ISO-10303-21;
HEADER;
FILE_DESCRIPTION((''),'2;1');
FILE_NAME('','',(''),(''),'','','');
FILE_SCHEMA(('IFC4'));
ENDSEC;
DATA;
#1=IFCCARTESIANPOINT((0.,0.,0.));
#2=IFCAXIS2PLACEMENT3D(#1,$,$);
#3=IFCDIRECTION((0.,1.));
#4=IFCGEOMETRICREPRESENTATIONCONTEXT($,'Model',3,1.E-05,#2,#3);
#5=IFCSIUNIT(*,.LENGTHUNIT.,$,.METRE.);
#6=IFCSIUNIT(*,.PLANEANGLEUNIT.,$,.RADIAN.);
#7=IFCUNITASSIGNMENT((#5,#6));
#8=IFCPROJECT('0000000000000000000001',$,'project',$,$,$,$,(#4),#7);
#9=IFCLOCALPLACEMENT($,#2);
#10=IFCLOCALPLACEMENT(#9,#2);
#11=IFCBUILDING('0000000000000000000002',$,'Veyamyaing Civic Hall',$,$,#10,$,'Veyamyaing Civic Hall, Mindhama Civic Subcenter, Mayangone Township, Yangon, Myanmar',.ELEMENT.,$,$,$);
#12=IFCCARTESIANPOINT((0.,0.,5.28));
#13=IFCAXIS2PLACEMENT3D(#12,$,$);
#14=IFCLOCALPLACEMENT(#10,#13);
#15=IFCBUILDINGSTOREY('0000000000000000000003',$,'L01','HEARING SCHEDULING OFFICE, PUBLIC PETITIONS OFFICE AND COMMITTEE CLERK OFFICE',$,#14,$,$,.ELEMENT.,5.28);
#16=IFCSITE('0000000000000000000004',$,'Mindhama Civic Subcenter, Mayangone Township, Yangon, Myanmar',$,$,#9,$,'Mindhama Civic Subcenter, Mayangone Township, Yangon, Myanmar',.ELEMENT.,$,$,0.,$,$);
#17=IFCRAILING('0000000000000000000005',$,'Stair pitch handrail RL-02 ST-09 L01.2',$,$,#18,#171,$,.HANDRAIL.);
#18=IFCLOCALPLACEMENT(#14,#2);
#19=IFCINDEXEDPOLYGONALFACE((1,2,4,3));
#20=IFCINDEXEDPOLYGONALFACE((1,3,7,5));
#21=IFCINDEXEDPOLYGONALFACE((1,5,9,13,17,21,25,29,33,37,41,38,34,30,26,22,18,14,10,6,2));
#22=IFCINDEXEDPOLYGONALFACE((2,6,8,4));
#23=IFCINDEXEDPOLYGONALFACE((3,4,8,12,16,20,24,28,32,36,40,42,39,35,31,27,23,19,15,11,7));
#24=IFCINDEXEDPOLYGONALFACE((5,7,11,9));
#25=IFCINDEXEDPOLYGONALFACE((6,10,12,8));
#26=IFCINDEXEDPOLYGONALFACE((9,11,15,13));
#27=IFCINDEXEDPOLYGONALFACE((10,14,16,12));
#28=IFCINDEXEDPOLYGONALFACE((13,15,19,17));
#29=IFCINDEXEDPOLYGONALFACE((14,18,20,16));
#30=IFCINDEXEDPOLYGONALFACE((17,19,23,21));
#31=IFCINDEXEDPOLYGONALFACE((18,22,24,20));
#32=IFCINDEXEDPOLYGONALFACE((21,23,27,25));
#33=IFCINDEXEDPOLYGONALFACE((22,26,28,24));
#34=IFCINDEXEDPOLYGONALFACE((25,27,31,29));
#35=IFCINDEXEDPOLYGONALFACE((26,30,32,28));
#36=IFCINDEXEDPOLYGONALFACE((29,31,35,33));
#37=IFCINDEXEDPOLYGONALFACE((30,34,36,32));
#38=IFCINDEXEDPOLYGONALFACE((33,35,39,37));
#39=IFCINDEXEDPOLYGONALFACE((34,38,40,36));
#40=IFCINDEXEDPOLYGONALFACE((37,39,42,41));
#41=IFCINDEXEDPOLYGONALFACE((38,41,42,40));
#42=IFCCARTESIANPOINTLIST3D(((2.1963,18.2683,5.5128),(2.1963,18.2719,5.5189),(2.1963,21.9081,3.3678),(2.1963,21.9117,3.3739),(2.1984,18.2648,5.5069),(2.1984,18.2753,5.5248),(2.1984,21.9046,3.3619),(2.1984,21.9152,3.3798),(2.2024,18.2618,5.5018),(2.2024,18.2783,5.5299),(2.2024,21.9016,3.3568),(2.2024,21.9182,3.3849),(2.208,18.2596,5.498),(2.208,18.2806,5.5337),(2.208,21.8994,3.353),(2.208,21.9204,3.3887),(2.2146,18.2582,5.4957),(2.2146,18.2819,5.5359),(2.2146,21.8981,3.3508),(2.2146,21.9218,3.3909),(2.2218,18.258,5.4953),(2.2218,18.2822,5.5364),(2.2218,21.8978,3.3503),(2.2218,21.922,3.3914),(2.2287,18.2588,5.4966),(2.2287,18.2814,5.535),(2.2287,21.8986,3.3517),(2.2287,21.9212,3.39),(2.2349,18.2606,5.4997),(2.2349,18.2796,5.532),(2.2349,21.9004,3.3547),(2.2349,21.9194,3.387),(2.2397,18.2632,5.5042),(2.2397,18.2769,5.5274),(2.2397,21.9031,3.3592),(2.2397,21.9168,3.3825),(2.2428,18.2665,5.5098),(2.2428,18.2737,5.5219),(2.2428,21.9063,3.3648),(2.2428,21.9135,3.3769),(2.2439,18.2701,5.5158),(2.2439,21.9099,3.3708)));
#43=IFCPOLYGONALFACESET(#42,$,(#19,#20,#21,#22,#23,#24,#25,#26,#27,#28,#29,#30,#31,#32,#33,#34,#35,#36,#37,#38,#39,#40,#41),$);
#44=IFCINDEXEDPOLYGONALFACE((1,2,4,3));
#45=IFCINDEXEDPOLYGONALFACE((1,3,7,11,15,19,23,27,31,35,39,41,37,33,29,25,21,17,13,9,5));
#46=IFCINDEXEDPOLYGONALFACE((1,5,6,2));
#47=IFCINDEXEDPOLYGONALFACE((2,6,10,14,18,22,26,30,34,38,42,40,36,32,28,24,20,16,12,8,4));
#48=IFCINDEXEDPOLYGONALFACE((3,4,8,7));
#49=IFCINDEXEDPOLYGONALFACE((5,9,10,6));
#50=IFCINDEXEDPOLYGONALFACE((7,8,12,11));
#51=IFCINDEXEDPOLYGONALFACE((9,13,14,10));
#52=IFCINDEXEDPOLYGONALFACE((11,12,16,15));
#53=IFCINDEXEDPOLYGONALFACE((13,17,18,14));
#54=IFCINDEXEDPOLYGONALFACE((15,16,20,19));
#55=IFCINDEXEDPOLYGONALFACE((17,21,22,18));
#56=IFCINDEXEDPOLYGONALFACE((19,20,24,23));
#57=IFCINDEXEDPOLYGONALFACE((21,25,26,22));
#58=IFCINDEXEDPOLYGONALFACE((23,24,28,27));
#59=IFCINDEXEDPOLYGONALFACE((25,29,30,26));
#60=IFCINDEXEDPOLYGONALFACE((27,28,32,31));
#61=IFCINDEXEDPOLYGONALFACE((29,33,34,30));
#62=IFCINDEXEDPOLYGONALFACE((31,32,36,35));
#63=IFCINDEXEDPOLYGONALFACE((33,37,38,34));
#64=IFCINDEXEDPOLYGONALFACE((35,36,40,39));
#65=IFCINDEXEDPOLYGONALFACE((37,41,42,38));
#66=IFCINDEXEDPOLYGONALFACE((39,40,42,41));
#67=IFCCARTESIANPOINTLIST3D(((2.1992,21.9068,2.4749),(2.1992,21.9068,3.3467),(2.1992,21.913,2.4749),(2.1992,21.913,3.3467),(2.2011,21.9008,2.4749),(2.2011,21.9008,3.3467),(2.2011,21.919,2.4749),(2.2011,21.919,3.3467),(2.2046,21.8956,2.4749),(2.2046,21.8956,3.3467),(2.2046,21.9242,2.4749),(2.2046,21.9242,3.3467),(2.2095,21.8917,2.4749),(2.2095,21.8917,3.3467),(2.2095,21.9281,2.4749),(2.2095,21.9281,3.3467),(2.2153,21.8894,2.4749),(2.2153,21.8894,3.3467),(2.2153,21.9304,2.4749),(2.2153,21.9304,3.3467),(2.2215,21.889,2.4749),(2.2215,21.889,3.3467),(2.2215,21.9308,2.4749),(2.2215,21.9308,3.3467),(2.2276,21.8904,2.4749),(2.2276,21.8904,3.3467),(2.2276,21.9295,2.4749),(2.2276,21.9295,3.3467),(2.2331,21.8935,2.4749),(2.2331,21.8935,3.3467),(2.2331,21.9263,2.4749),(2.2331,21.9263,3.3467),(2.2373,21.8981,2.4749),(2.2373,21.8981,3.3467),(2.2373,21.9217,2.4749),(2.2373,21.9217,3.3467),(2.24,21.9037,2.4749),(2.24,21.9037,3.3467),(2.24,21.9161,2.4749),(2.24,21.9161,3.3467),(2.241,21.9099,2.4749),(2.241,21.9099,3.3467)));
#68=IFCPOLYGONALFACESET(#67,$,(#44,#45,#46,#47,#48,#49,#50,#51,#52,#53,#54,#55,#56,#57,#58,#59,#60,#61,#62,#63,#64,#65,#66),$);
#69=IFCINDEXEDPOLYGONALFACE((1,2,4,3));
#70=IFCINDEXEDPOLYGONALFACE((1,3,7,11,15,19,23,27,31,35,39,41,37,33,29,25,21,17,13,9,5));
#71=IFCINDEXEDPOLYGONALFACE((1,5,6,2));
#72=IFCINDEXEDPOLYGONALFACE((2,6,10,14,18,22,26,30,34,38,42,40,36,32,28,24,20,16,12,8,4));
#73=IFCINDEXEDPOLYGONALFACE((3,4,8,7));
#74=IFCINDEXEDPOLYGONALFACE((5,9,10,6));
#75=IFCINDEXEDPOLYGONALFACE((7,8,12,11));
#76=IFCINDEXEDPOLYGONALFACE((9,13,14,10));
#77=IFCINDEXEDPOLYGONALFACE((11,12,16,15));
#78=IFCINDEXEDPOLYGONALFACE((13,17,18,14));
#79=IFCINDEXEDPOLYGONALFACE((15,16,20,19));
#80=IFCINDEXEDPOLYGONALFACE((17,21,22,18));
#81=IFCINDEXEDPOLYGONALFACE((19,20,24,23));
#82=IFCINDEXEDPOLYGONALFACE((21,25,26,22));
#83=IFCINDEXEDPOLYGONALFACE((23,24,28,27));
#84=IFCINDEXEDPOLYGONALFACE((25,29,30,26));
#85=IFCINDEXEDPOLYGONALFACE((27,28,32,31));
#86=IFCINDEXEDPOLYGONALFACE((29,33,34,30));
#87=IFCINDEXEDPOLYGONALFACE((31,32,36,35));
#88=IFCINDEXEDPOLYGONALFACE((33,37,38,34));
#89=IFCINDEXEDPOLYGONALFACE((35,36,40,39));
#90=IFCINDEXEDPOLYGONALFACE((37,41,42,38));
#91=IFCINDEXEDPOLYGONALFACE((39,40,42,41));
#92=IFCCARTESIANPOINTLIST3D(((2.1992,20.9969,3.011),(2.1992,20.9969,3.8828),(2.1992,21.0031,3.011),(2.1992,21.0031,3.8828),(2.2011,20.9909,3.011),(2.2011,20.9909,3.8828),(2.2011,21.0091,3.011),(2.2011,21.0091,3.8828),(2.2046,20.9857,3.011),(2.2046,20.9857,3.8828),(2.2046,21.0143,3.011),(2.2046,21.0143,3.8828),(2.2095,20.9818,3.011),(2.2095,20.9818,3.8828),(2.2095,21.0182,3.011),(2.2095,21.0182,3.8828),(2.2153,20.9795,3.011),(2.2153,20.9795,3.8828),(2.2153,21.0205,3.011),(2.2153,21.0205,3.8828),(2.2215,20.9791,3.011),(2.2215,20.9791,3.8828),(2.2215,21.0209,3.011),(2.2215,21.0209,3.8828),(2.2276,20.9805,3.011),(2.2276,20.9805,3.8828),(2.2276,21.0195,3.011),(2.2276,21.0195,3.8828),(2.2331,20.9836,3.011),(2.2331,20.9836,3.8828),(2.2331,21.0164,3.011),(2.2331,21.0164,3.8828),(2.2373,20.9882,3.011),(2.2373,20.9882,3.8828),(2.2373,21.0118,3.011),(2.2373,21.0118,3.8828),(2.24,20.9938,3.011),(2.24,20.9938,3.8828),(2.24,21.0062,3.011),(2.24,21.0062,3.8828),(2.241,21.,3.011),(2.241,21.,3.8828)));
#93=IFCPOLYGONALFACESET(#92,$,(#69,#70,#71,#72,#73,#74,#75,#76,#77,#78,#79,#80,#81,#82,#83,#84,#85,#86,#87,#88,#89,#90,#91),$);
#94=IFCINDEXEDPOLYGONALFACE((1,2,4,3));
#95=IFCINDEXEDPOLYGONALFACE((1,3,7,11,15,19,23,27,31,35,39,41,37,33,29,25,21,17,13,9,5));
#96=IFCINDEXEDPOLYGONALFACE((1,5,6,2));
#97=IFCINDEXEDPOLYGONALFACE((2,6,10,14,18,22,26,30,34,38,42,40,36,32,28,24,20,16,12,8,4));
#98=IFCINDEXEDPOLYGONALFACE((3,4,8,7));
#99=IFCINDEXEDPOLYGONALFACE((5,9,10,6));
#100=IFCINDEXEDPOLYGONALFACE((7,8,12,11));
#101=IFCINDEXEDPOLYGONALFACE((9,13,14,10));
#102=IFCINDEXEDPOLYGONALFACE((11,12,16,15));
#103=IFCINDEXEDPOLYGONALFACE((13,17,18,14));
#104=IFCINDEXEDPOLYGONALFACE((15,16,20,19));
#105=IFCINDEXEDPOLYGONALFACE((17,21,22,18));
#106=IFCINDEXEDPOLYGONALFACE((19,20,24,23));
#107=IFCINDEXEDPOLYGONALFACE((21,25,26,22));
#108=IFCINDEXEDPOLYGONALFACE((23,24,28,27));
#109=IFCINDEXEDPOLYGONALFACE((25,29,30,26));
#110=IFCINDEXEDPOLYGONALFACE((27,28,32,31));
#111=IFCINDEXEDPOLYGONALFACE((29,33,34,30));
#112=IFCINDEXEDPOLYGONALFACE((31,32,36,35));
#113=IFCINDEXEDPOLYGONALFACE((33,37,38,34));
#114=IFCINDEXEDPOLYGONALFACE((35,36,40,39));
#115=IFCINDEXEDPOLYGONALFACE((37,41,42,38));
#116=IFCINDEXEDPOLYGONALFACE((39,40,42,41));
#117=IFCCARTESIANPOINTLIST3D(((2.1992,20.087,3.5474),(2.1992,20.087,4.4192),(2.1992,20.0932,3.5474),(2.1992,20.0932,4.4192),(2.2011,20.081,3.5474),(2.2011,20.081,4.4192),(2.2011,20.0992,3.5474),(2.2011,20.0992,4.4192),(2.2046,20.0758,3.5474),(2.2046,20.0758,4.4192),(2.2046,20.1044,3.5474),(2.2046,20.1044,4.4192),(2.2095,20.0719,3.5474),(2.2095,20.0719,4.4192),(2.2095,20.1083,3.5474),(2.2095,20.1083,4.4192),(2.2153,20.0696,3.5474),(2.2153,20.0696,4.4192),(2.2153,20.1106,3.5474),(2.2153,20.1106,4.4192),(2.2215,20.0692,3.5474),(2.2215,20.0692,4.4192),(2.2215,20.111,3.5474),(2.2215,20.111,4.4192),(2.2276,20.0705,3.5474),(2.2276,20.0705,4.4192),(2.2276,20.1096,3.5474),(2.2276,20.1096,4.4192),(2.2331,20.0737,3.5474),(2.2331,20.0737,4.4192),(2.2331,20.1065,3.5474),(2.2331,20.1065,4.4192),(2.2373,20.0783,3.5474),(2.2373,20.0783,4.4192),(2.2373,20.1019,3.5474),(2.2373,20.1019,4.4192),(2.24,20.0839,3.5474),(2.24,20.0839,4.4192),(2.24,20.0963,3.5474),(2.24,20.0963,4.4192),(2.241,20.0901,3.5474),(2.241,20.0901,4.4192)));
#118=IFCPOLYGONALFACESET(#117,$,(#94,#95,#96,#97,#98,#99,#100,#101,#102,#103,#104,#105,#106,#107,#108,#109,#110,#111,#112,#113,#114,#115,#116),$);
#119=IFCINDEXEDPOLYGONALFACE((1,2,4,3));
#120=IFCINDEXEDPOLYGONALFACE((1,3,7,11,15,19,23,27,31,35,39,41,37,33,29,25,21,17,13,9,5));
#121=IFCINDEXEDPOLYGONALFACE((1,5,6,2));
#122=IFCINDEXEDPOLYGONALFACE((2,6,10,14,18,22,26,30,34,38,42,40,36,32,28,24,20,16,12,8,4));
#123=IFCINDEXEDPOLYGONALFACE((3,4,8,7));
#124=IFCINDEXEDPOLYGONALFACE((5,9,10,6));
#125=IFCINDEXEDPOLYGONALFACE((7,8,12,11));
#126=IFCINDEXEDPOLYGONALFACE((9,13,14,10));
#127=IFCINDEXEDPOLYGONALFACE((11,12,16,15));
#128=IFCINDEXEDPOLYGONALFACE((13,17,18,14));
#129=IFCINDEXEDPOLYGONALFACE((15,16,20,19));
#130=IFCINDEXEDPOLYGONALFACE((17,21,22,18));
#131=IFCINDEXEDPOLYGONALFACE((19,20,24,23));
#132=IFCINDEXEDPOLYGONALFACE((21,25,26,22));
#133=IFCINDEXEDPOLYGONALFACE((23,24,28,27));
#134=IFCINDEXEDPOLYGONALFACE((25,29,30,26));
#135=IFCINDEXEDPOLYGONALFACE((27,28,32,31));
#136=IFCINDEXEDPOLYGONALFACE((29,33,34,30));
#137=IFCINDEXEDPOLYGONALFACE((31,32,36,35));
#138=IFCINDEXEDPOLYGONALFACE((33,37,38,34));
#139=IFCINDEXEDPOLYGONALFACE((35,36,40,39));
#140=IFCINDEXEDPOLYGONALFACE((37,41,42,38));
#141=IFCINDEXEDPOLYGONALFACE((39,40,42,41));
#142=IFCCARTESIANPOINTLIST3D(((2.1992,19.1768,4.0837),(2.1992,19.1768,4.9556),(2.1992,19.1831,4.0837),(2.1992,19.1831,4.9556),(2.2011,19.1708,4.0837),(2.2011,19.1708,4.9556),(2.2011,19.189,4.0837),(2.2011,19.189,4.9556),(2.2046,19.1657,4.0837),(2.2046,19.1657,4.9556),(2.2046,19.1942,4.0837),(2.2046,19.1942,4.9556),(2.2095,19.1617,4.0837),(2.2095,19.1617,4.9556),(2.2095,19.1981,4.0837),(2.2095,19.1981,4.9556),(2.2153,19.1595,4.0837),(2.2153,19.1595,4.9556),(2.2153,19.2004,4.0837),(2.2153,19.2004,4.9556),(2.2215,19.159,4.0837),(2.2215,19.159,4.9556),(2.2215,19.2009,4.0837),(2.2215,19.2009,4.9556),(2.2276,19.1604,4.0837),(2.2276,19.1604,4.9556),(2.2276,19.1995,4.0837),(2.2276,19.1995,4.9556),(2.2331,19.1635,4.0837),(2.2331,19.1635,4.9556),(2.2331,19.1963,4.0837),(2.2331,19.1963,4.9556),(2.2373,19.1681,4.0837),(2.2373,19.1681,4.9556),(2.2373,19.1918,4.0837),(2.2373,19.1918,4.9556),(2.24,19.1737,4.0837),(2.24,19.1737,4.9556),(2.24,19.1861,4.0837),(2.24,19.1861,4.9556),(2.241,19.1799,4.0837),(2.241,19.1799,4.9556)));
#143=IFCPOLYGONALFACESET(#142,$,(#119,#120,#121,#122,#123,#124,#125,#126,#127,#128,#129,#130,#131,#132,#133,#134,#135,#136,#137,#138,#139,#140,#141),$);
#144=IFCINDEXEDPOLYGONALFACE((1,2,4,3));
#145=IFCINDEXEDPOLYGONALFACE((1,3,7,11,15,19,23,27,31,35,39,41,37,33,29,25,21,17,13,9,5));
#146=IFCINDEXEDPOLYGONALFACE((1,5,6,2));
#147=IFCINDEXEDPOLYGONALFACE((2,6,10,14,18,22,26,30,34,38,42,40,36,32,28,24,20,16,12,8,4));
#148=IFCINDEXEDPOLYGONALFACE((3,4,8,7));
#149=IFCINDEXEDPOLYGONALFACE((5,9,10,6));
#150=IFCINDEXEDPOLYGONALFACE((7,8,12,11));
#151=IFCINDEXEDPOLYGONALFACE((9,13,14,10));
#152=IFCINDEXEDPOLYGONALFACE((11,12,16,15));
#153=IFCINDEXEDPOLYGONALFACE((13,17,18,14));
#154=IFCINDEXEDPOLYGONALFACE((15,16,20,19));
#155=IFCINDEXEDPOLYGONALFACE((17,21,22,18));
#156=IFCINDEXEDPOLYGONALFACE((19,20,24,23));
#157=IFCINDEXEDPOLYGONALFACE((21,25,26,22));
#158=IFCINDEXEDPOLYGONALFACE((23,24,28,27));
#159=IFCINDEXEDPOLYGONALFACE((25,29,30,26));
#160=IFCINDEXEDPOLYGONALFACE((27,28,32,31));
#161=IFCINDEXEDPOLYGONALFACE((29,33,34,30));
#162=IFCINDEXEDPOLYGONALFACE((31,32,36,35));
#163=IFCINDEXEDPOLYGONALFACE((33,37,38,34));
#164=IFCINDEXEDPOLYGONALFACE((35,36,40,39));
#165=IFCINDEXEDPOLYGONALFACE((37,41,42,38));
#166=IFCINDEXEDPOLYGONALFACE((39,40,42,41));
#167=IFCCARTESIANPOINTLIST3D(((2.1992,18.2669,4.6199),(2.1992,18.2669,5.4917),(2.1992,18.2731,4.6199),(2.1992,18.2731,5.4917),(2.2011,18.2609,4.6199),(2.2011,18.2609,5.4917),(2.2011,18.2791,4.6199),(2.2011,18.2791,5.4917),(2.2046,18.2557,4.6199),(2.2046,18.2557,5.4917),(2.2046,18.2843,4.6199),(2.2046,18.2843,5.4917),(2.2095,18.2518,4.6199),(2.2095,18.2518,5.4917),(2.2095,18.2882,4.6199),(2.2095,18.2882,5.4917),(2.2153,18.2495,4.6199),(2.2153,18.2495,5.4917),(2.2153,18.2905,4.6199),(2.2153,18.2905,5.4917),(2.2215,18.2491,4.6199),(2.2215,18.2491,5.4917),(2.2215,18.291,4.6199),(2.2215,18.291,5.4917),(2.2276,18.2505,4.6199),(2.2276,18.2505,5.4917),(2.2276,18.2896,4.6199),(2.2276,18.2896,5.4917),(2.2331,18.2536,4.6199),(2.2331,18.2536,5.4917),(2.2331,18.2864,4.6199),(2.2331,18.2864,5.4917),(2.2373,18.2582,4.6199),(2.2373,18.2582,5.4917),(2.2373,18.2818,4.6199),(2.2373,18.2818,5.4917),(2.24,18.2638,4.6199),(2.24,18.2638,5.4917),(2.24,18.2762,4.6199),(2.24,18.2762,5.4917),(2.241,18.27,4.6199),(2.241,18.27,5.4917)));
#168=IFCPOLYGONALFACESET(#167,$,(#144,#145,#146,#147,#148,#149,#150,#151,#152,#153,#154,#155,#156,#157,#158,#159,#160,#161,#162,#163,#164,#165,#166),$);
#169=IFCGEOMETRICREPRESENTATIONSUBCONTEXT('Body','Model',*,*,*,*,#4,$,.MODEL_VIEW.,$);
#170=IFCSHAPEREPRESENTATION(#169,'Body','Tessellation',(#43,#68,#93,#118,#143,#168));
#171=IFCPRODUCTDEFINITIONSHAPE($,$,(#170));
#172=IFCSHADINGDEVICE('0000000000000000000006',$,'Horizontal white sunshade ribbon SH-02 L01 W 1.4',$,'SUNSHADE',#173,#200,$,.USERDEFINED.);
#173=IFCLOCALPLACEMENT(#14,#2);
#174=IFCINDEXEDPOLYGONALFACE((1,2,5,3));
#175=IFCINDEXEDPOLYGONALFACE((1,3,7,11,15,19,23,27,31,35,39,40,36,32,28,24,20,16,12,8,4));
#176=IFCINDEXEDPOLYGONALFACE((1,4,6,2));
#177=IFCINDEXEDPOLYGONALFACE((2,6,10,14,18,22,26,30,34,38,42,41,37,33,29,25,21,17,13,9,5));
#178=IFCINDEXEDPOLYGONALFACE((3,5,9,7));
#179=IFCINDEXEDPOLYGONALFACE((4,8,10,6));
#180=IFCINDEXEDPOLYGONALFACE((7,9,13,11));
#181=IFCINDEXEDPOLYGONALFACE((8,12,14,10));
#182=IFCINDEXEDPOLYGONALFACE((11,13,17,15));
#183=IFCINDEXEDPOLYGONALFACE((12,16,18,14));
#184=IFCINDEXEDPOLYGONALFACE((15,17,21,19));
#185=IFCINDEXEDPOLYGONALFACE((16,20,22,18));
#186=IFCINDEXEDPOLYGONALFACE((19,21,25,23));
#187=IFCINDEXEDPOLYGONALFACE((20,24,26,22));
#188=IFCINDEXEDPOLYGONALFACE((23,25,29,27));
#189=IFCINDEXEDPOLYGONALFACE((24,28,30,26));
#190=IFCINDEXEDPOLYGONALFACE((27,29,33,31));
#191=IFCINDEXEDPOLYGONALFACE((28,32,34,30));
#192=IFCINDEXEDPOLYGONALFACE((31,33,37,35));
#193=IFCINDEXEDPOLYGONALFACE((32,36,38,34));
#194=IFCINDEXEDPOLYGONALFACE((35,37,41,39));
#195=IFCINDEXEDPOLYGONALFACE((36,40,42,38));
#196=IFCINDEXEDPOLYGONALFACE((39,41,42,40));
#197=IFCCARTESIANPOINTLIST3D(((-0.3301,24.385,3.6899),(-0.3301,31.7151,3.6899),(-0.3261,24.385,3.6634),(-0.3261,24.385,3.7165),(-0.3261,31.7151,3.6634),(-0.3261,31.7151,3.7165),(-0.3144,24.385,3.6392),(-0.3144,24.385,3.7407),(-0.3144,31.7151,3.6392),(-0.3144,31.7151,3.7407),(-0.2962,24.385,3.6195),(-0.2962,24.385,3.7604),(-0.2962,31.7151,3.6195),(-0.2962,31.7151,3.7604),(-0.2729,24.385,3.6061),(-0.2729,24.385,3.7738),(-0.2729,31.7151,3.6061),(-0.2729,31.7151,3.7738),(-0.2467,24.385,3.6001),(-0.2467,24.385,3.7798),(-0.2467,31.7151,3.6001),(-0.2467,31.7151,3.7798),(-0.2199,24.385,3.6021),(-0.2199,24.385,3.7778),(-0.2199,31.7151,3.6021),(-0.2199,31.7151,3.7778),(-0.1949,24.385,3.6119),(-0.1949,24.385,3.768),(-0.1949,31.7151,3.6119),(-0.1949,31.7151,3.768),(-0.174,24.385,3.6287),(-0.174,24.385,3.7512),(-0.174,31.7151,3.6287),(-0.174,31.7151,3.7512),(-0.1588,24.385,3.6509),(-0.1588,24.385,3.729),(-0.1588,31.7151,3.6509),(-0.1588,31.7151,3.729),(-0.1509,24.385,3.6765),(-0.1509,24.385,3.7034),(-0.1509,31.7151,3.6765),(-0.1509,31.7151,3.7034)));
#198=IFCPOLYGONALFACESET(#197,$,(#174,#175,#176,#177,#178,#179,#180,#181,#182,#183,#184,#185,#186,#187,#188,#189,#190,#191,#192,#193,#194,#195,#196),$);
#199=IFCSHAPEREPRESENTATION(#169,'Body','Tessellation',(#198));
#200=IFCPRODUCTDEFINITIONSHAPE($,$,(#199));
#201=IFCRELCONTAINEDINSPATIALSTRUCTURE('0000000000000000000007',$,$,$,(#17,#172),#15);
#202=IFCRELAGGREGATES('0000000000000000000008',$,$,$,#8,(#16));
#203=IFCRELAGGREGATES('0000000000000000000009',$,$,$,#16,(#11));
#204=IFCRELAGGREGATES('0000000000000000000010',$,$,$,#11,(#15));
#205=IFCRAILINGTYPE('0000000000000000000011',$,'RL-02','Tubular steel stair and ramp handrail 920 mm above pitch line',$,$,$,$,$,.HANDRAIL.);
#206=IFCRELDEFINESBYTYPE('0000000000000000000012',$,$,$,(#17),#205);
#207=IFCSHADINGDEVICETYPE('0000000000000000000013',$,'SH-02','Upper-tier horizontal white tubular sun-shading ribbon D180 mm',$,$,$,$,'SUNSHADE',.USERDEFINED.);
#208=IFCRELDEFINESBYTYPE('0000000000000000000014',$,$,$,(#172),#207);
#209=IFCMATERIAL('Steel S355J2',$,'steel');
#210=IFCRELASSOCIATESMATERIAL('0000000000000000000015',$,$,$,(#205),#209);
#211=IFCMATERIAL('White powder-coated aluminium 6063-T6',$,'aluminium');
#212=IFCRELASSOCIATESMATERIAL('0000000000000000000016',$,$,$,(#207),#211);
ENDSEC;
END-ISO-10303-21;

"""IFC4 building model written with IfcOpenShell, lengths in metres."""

from ifc_helpers import new_model, si_unit, direction, frame, origin, origin_2d, place, context, subcontext, project, spatial, circle, extrude, material, material_profile, profile_set, type_object, element, save


model = new_model("IFC4")

# Units and contexts
model_context = context("Model", 3, precision=1e-05, world=origin(), true_north=direction((0.0, 1.0)))
body_context = subcontext(model_context, "Body", "Model", "MODEL_VIEW")
ifc_project = project(units=[si_unit("LENGTHUNIT", "METRE"), si_unit("PLANEANGLEUNIT", "RADIAN")], contexts=[model_context])

# Site, building, storey
site_placement = place(None, origin())
site = spatial("IfcSite", under=ifc_project, at=site_placement, Name="Mindhama Civic Subcenter, Mayangone Township, Yangon, Myanmar", LongName="Mindhama Civic Subcenter, Mayangone Township, Yangon, Myanmar", CompositionType="ELEMENT", RefElevation=0.0)
building_placement = place(site_placement, origin())
building = spatial("IfcBuilding", under=site, at=building_placement, Name="Veyamyaing Civic Hall", LongName="Veyamyaing Civic Hall, Mindhama Civic Subcenter, Mayangone Township, Yangon, Myanmar", CompositionType="ELEMENT")
storey_placement = place(building_placement, frame((0.0, 0.0, 5.28)))
storey = spatial("IfcBuildingStorey", under=building, at=storey_placement, Name="L01", Description="HEARING SCHEDULING OFFICE, PUBLIC PETITIONS OFFICE AND COMMITTEE CLERK OFFICE", CompositionType="ELEMENT", Elevation=5.28)

# Shared definitions
ifc_material_1 = material(Name="White powder-coated aluminium 6063-T6", Category="aluminium")

# Railing
ifc_material_2 = material(Name="Steel S355J2", Category="steel")
railing_type_1 = type_object("IfcRailingType", Name="RL-02", Description="Tubular steel stair and ramp handrail 920 mm above pitch line", PredefinedType="HANDRAIL", material=ifc_material_2)
railing_1_placement = place(storey_placement, frame((2.22, 21.9099, 2.4749)))
element("IfcRailing", 1, at=railing_1_placement, inside=storey, type_object=railing_type_1, Name="Stair pitch handrail RL-02 ST-09 L01.2", PredefinedType="HANDRAIL", context=body_context, shape_type="SweptSolid", body=[
    extrude(circle(Radius=0.0239, at=origin_2d()), frame((0.0, 0.0, 0.896), z_axis=(0.0, -0.86153, 0.507707), x_axis=(1.0, 0.0, 0.0)), (0.0, 0.0, 1.0), 4.2249),
    extrude(circle(Radius=0.021, at=origin_2d()), origin(), (0.0, 0.0, 1.0), 0.8718),
    extrude(circle(Radius=0.021, at=origin_2d()), frame((0.0, -0.9099, 0.5361)), (0.0, 0.0, 1.0), 0.8718),
    extrude(circle(Radius=0.021, at=origin_2d()), frame((0.0, -1.8198, 1.0725)), (0.0, 0.0, 1.0), 0.8718),
    extrude(circle(Radius=0.021, at=origin_2d()), frame((0.0, -2.73, 1.6089)), (0.0, 0.0, 1.0), 0.8718),
    extrude(circle(Radius=0.021, at=origin_2d()), frame((0.0, -3.6399, 2.145)), (0.0, 0.0, 1.0), 0.8718),
])

# Shading device
ifc_material_profile_1 = material_profile(ifc_material_1, circle(Radius=0.0901, at=origin_2d()), Name="SHADE-TUBE-180")
ifc_profile_set_1 = profile_set([ifc_material_profile_1], Name="White powder-coated aluminium 6063-T6")
shading_device_type_1 = type_object("IfcShadingDeviceType", Name="SH-02", Description="Upper-tier horizontal white tubular sun-shading ribbon D180 mm", ElementType="SUNSHADE", PredefinedType="USERDEFINED", material=ifc_profile_set_1)
shading_device_1_placement = place(storey_placement, frame((-0.24, 24.385, 3.6899), z_axis=(0.0, 1.0, 0.0), x_axis=(-1.0, 0.0, 0.0)))
element("IfcShadingDevice", 2, at=shading_device_1_placement, inside=storey, type_object=shading_device_type_1, Name="Horizontal white sunshade ribbon SH-02 L01 W 1.4", ObjectType="SUNSHADE", PredefinedType="USERDEFINED", context=body_context, shape_type="SweptSolid", body=[
    extrude(circle(Radius=0.0901, at=origin_2d()), origin(), (0.0, 0.0, 1.0), 7.3301),
])

save(model, "model.ifc")
